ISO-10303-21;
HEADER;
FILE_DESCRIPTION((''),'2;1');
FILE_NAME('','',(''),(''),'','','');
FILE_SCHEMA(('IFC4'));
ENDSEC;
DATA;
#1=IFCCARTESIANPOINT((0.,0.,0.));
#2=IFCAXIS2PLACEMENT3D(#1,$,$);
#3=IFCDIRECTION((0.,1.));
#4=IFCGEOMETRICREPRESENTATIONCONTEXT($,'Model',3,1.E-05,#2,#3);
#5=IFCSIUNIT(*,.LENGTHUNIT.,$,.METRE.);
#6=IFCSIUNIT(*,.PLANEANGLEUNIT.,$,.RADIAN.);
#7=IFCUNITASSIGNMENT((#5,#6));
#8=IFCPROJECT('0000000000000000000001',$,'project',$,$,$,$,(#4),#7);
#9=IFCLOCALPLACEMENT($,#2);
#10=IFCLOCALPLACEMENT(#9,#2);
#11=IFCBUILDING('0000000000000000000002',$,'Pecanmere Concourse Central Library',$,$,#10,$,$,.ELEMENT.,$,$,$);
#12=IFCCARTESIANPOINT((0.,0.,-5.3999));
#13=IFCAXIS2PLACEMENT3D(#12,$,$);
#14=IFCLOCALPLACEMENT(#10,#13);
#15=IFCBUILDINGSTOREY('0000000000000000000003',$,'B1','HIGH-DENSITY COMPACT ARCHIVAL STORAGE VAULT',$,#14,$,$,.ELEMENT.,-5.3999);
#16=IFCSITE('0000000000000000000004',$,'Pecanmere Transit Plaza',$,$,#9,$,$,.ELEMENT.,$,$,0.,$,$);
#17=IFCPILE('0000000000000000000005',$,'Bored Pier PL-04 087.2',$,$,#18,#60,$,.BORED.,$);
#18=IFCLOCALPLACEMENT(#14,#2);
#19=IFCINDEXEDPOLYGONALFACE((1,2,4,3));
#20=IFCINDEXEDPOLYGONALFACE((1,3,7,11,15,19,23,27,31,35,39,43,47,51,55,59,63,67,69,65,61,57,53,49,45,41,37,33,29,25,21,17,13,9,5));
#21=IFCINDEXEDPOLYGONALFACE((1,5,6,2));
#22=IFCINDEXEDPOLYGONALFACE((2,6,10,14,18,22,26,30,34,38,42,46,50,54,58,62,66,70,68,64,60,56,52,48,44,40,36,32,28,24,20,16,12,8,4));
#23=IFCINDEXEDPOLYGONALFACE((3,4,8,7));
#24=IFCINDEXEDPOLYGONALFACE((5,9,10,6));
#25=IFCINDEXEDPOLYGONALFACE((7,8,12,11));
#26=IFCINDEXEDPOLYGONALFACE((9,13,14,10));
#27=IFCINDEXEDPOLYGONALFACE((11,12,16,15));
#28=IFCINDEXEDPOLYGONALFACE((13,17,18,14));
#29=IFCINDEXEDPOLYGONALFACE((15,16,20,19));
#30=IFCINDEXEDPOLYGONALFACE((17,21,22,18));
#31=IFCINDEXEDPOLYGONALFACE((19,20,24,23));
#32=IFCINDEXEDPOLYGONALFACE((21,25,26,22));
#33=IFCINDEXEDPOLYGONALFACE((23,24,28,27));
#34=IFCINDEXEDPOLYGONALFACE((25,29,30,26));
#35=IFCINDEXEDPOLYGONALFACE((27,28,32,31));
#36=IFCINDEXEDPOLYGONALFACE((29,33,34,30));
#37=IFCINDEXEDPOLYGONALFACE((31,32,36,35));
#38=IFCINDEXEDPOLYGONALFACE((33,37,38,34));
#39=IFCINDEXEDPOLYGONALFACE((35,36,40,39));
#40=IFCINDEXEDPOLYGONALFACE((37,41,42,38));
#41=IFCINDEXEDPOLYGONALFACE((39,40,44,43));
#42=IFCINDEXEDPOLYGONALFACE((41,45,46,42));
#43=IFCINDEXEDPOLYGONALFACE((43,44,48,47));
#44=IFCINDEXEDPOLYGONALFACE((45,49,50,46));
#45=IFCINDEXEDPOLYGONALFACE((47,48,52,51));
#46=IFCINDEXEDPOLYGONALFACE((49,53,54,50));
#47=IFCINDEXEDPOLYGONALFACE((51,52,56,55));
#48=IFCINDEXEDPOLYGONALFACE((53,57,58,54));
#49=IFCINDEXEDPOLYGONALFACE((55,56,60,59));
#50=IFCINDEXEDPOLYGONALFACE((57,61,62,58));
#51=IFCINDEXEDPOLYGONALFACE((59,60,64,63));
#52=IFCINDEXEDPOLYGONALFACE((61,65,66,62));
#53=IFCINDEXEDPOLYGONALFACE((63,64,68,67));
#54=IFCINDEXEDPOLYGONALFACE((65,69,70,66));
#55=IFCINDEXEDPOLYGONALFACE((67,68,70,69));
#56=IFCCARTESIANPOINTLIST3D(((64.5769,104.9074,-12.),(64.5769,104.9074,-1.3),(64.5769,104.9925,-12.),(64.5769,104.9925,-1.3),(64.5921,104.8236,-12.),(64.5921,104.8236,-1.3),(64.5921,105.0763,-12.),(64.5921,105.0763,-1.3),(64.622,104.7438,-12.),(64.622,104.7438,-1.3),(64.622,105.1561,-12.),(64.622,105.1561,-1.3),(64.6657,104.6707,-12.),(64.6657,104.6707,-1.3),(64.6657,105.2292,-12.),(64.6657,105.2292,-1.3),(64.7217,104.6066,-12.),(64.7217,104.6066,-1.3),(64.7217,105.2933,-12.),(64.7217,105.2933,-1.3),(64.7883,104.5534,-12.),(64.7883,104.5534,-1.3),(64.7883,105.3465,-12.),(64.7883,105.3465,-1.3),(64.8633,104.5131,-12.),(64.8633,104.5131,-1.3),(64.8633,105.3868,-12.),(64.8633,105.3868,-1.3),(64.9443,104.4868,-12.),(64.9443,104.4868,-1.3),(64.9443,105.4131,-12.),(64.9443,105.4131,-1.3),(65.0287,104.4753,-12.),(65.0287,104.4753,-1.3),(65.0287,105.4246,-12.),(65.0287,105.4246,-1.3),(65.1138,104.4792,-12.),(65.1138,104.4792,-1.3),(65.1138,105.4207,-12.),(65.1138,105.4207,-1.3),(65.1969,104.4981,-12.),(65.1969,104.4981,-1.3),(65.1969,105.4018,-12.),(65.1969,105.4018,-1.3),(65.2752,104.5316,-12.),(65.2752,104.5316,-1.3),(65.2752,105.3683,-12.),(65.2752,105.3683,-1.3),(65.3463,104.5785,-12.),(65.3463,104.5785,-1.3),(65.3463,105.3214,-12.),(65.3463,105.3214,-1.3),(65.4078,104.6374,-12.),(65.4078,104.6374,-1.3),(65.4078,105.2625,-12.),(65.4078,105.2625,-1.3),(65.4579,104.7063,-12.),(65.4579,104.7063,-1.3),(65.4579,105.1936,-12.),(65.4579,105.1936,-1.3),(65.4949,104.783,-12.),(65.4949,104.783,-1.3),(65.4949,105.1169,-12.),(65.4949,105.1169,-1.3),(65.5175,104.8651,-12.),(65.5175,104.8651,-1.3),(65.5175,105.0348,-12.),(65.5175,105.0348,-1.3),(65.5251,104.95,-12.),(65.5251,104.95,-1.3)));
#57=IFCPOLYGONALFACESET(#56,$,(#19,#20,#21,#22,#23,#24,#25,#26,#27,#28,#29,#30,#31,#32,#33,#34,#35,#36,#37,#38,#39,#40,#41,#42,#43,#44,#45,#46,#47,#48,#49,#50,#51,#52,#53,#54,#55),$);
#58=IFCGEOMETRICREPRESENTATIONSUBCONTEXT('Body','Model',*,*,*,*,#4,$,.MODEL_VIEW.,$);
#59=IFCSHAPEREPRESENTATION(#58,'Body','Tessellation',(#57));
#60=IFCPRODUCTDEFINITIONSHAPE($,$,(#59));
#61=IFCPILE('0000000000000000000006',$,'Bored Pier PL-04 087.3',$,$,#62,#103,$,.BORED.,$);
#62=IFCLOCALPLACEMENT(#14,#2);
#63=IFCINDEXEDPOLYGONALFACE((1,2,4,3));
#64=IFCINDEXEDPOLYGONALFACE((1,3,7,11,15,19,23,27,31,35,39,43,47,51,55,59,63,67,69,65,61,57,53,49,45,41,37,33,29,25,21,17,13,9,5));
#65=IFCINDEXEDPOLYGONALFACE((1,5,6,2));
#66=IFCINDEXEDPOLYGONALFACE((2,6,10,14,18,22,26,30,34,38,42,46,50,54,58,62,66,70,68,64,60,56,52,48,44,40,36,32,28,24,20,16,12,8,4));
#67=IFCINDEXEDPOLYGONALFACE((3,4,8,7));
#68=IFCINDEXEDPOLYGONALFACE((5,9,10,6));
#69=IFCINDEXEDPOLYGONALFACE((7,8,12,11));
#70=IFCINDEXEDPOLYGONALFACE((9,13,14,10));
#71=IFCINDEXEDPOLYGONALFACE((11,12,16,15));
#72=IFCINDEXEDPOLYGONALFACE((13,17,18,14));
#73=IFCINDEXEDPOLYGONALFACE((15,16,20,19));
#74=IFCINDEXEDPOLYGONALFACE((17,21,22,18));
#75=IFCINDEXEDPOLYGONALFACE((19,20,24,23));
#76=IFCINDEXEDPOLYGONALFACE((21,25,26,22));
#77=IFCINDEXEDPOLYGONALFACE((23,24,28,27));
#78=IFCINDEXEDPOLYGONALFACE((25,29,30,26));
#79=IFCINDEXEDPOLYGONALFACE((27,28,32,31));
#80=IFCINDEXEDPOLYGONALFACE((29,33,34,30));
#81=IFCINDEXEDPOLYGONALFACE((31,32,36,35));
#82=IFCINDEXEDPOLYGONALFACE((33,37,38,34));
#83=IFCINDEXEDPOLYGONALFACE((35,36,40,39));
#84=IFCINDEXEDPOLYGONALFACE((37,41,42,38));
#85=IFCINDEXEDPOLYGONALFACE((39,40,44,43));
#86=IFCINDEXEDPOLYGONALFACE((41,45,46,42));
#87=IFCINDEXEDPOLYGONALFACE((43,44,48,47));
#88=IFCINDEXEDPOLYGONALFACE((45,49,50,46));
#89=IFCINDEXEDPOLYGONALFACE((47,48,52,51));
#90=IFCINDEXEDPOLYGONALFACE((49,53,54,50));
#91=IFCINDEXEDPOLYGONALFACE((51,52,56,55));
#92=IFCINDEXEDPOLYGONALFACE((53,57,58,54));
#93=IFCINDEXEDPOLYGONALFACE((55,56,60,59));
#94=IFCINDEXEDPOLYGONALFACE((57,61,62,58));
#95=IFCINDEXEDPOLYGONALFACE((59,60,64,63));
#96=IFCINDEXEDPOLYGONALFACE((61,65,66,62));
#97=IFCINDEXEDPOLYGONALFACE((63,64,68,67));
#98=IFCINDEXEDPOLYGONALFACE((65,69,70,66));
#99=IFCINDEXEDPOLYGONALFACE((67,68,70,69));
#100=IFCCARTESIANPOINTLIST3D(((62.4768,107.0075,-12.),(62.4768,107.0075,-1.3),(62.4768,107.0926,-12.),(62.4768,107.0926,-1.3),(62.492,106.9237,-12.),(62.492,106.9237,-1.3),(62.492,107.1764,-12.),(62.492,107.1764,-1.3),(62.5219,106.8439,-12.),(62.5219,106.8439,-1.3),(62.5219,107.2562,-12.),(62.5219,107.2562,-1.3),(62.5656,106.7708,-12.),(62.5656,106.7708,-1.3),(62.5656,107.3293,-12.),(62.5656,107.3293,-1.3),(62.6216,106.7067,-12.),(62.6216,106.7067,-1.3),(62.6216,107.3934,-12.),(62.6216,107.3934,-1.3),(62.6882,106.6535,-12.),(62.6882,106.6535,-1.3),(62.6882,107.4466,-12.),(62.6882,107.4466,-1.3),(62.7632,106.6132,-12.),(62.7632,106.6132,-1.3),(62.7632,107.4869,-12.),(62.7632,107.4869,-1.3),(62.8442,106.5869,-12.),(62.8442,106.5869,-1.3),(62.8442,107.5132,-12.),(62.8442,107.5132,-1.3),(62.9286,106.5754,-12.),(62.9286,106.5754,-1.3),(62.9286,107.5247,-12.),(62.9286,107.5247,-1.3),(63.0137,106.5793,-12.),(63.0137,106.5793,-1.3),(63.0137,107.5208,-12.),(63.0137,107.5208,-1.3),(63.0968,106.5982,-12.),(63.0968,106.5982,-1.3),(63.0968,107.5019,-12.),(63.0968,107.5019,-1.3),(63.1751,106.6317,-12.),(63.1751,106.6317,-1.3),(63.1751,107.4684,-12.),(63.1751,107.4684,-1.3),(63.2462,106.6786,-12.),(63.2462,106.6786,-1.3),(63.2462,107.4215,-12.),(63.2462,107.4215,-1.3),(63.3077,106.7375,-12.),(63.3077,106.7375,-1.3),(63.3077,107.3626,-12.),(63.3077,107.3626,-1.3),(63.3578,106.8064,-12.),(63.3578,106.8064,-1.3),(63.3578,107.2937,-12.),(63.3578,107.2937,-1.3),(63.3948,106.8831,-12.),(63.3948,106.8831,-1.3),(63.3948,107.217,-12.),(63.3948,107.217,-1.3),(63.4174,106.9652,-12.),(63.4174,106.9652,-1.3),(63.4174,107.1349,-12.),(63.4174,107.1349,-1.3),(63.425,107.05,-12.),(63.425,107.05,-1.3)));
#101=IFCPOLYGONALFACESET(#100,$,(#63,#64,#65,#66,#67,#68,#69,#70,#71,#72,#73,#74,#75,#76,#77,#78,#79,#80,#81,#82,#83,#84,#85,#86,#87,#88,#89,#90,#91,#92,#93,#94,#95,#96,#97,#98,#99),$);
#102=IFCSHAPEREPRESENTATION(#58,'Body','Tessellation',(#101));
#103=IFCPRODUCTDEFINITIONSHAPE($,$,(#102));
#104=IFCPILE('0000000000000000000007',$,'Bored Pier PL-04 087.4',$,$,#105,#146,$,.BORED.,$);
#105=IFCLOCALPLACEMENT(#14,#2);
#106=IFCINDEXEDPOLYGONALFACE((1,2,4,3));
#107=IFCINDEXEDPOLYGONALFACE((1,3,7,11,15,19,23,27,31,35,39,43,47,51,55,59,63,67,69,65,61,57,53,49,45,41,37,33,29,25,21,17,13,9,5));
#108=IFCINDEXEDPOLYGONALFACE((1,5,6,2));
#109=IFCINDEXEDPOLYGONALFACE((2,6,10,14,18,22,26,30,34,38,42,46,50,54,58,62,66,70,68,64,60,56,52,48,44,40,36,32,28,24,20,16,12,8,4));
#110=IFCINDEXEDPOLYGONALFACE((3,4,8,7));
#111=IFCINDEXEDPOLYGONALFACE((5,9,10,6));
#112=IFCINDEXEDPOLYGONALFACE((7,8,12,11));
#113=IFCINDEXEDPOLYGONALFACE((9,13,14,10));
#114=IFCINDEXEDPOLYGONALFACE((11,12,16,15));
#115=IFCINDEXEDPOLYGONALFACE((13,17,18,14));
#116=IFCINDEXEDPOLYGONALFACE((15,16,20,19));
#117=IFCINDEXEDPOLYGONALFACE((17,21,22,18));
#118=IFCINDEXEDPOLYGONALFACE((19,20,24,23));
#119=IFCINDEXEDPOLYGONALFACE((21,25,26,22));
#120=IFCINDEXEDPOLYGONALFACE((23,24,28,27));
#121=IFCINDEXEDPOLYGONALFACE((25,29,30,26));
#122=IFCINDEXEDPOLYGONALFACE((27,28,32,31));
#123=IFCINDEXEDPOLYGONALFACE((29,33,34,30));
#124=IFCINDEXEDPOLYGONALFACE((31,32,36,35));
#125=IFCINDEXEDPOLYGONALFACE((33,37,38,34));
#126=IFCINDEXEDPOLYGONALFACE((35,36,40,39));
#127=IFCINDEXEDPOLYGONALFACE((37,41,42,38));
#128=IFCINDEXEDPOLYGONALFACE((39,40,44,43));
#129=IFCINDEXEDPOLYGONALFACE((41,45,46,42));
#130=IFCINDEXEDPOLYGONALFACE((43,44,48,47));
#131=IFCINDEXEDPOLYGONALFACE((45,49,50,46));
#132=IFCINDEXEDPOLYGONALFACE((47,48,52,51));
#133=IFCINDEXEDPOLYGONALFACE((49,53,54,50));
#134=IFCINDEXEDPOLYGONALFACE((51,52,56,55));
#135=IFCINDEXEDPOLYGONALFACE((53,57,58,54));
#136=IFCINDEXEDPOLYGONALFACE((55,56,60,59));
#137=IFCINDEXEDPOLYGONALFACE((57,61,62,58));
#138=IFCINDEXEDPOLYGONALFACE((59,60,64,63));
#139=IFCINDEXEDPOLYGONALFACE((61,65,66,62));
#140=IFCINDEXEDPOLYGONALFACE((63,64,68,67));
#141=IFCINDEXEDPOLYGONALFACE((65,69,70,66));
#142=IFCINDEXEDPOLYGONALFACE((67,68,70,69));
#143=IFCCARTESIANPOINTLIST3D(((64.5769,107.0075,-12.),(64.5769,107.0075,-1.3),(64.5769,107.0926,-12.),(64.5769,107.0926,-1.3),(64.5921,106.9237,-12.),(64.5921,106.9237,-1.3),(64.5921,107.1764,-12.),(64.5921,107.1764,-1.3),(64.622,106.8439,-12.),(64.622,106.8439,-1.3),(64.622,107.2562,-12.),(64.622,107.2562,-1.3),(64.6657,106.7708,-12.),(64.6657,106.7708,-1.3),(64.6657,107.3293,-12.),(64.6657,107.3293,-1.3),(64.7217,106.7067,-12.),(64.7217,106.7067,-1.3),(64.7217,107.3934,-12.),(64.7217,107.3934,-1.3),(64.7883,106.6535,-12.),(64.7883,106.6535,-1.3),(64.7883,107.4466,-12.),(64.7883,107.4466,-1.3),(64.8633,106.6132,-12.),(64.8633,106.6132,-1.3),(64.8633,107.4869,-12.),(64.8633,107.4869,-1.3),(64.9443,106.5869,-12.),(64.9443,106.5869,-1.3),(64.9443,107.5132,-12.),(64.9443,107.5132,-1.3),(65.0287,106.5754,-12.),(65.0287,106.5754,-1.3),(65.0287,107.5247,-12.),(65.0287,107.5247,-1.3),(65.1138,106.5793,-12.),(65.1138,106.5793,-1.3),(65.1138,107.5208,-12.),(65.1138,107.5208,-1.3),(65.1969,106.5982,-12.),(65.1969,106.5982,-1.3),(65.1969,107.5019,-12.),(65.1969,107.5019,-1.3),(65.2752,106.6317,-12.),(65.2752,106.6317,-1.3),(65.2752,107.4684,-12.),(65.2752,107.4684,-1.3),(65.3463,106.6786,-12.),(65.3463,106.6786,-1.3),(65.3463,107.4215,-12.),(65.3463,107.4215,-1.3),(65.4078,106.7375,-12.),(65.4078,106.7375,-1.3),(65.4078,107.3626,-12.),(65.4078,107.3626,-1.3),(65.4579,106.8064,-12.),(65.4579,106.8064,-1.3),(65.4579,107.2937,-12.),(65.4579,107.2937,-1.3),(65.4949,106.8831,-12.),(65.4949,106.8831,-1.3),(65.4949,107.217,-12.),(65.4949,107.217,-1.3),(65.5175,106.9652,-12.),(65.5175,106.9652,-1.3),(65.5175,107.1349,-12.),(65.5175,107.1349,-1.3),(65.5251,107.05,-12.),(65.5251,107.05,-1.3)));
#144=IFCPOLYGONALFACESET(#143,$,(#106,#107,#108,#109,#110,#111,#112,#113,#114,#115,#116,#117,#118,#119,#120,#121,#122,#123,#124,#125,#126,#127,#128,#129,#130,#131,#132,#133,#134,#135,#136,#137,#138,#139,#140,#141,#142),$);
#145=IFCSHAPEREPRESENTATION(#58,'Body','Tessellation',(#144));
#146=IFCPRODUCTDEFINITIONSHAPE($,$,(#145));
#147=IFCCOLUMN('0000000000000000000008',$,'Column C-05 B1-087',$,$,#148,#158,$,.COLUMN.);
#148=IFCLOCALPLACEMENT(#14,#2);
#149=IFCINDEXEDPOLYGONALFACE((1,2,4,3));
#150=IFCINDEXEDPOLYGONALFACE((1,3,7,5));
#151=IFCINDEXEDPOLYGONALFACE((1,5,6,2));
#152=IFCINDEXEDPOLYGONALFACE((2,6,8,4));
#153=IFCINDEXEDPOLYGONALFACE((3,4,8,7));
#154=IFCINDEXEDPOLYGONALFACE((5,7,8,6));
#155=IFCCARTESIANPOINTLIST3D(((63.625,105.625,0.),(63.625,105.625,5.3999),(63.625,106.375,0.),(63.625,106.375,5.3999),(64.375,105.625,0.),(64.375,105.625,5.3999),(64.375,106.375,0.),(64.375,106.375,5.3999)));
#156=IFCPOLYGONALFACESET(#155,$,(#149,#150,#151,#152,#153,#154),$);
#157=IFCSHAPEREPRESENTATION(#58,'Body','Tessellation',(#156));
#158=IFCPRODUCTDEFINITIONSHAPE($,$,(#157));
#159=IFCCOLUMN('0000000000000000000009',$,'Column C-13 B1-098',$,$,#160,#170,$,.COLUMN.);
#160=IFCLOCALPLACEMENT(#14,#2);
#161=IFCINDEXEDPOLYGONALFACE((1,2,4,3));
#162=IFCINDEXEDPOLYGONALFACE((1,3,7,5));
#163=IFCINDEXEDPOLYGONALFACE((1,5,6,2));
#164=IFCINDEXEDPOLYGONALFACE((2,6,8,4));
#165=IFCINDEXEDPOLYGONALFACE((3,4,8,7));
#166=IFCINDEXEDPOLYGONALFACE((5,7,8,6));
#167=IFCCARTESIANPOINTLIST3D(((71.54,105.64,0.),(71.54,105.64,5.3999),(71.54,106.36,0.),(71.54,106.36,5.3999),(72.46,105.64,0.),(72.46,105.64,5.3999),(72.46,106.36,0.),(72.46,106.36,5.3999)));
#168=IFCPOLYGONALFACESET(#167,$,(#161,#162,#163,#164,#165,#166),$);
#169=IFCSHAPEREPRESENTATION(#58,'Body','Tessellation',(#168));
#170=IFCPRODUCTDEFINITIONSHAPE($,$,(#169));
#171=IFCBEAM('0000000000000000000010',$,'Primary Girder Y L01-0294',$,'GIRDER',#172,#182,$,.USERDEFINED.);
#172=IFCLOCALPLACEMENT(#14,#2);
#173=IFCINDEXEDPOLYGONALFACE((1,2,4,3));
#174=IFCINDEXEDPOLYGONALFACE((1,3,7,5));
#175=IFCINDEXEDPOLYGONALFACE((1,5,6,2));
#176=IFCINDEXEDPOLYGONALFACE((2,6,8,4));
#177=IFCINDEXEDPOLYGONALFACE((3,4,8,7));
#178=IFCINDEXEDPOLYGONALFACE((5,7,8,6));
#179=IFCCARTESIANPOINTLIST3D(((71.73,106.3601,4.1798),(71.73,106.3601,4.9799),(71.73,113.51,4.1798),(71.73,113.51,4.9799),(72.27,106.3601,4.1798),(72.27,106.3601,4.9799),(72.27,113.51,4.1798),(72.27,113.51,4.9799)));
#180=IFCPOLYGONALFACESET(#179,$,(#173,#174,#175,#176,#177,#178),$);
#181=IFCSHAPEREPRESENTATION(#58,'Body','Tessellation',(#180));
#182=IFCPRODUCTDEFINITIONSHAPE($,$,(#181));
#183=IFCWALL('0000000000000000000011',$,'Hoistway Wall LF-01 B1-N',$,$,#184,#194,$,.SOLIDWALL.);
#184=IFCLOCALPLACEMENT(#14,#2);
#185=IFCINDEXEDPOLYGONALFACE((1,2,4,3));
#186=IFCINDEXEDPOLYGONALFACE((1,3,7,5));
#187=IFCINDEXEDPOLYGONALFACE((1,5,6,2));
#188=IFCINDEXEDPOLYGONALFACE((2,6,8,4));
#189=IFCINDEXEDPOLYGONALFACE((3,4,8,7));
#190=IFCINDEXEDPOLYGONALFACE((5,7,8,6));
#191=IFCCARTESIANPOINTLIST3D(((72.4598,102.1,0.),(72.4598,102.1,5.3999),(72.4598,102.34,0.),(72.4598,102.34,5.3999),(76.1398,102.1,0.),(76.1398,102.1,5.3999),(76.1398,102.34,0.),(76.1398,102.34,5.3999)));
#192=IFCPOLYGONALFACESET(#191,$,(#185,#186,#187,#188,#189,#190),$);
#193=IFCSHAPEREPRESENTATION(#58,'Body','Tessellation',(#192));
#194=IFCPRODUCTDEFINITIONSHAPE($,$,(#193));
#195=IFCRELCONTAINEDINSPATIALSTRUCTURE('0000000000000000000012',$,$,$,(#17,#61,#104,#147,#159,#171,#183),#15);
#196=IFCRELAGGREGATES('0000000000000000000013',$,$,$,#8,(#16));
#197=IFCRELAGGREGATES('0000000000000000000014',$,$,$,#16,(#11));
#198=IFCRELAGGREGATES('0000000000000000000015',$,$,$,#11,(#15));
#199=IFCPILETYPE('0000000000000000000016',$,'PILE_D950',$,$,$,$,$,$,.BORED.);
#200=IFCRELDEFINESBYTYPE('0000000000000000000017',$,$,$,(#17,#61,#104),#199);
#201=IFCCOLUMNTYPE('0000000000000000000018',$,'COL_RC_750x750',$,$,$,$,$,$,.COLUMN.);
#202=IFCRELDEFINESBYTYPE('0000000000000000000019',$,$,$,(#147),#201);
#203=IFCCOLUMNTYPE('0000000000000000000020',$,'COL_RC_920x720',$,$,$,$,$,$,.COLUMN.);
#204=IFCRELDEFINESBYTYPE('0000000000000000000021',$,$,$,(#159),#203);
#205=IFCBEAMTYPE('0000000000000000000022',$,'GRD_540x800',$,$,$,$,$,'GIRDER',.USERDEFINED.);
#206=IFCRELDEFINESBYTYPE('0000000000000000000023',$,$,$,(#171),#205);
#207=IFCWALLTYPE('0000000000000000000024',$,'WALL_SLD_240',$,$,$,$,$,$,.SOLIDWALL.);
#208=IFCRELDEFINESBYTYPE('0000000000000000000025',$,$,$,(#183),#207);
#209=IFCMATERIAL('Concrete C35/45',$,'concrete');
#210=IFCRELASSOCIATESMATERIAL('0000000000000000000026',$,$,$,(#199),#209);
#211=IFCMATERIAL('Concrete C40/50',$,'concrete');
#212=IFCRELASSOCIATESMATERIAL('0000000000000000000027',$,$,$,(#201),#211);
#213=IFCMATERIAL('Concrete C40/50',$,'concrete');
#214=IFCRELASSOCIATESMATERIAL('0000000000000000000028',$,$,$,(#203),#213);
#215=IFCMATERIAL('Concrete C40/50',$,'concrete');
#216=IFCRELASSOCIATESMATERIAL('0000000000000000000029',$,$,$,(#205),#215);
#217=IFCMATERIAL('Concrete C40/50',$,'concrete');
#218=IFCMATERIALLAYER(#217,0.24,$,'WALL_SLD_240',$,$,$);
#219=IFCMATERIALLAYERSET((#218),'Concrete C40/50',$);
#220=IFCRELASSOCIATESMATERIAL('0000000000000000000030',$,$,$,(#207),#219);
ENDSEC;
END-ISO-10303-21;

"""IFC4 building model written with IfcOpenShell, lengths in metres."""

from ifc_helpers import new_model, si_unit, direction, frame, frame_2d, origin, origin_2d, place, context, subcontext, project, spatial, rectangle, circle, extrude, material, layer, layer_set, material_profile, profile_set, type_object, element, save


model = new_model("IFC4")

# Units and contexts
model_context = context("Model", 3, precision=1e-05, world=origin(), true_north=direction((0.0, 1.0)))
body_context = subcontext(model_context, "Body", "Model", "MODEL_VIEW")
ifc_project = project(units=[si_unit("LENGTHUNIT", "METRE"), si_unit("PLANEANGLEUNIT", "RADIAN")], contexts=[model_context])

# Site, building, storey
site_placement = place(None, origin())
site = spatial("IfcSite", under=ifc_project, at=site_placement, Name="Pecanmere Transit Plaza", CompositionType="ELEMENT", RefElevation=0.0)
building_placement = place(site_placement, origin())
building = spatial("IfcBuilding", under=site, at=building_placement, Name="Pecanmere Concourse Central Library", CompositionType="ELEMENT")
storey_placement = place(building_placement, frame((0.0, 0.0, -5.3999)))
storey = spatial("IfcBuildingStorey", under=building, at=storey_placement, Name="B1", Description="HIGH-DENSITY COMPACT ARCHIVAL STORAGE VAULT", CompositionType="ELEMENT", Elevation=-5.3999)

# Piles
ifc_material_1 = material(Name="Concrete C35/45", Category="concrete")
ifc_material_profile_1 = material_profile(ifc_material_1, circle(Radius=0.4751, at=origin_2d()), Name="PIER D950")
ifc_profile_set_1 = profile_set([ifc_material_profile_1], Name="Concrete C35/45")
pile_type_1 = type_object("IfcPileType", Name="PILE_D950", PredefinedType="BORED", material=ifc_profile_set_1)
for number, where, z_axis, x_axis, name in (
    (1, (65.05, 104.95, -1.3), (0.0, 0.0, -1.0), (1.0, 0.0, 0.0), "Bored Pier PL-04 087.2"),
    (2, (62.95, 107.05, -1.3), (0.0, 0.0, -1.0), (1.0, 0.0, 0.0), "Bored Pier PL-04 087.3"),
    (3, (65.05, 107.05, -1.3), (0.0, 0.0, -1.0), (1.0, 0.0, 0.0), "Bored Pier PL-04 087.4"),
):
    element("IfcPile", number, at=place(storey_placement, frame(where, z_axis=z_axis, x_axis=x_axis)), inside=storey, type_object=pile_type_1, Name=name, PredefinedType="BORED", context=body_context, shape_type="SweptSolid", body=[
        extrude(circle(Radius=0.4751, at=origin_2d()), origin(), (0.0, 0.0, 1.0), 10.7),
    ])

# Columns
ifc_material_2 = material(Name="Concrete C40/50", Category="concrete")
ifc_material_profile_2 = material_profile(ifc_material_2, rectangle(XDim=0.75, YDim=0.75, at=origin_2d()), Name="RC 750x750")
ifc_profile_set_2 = profile_set([ifc_material_profile_2], Name="Concrete C40/50")
column_type_1 = type_object("IfcColumnType", Name="COL_RC_750x750", PredefinedType="COLUMN", material=ifc_profile_set_2)
column_1_placement = place(storey_placement, frame((64.0, 106.0, 0.0), z_axis=(0.0, 0.0, 1.0), x_axis=(1.0, 0.0, 0.0)))
element("IfcColumn", 4, at=column_1_placement, inside=storey, type_object=column_type_1, Name="Column C-05 B1-087", PredefinedType="COLUMN", context=body_context, shape_type="SweptSolid", body=[
    extrude(rectangle(XDim=0.75, YDim=0.75, at=origin_2d()), origin(), (0.0, 0.0, 1.0), 5.3999),
])
ifc_material_3 = material(Name="Concrete C40/50", Category="concrete")
ifc_material_profile_3 = material_profile(ifc_material_3, rectangle(XDim=0.9199, YDim=0.72, at=origin_2d()), Name="RC 920x720")
ifc_profile_set_3 = profile_set([ifc_material_profile_3], Name="Concrete C40/50")
column_type_2 = type_object("IfcColumnType", Name="COL_RC_920x720", PredefinedType="COLUMN", material=ifc_profile_set_3)
column_2_placement = place(storey_placement, frame((72.0, 106.0, 0.0), z_axis=(0.0, 0.0, 1.0), x_axis=(1.0, 0.0, 0.0)))
element("IfcColumn", 5, at=column_2_placement, inside=storey, type_object=column_type_2, Name="Column C-13 B1-098", PredefinedType="COLUMN", context=body_context, shape_type="SweptSolid", body=[
    extrude(rectangle(XDim=0.9199, YDim=0.72, at=origin_2d()), origin(), (0.0, 0.0, 1.0), 5.3999),
])

# Beam
ifc_material_4 = material(Name="Concrete C40/50", Category="concrete")
ifc_material_profile_4 = material_profile(ifc_material_4, rectangle(XDim=0.54, YDim=0.8, at=origin_2d()), Name="RC 540x800")
ifc_profile_set_4 = profile_set([ifc_material_profile_4], Name="Concrete C40/50")
beam_type = type_object("IfcBeamType", Name="GRD_540x800", ElementType="GIRDER", PredefinedType="USERDEFINED", material=ifc_profile_set_4)
beam_placement = place(storey_placement, frame((72.0, 106.3601, 4.5798), z_axis=(0.0, 1.0, 0.0), x_axis=(-1.0, 0.0, 0.0)))
element("IfcBeam", 6, at=beam_placement, inside=storey, type_object=beam_type, Name="Primary Girder Y L01-0294", ObjectType="GIRDER", PredefinedType="USERDEFINED", context=body_context, shape_type="SweptSolid", body=[
    extrude(rectangle(XDim=0.54, YDim=0.8, at=origin_2d()), origin(), (0.0, 0.0, 1.0), 7.1499),
])

# Wall
ifc_material_5 = material(Name="Concrete C40/50", Category="concrete")
ifc_layer = layer(ifc_material_5, 0.24, Name="WALL_SLD_240")
ifc_layer_set = layer_set([ifc_layer], Name="Concrete C40/50")
wall_type = type_object("IfcWallType", Name="WALL_SLD_240", PredefinedType="SOLIDWALL", material=ifc_layer_set)
for number, where, z_axis, x_axis, name in (
    (7, (72.46, 102.22, 0.0), (0.0, 0.0, 1.0), (1.0, 0.0, 0.0), "Hoistway Wall LF-01 B1-N"),
):
    element("IfcWall", number, at=place(storey_placement, frame(where, z_axis=z_axis, x_axis=x_axis)), inside=storey, type_object=wall_type, Name=name, PredefinedType="SOLIDWALL", context=body_context, shape_type="SweptSolid", body=[
        extrude(rectangle(XDim=3.6799, YDim=0.24, at=frame_2d((1.8398, 0.0))), origin(), (0.0, 0.0, 1.0), 5.3999),
    ])

save(model, "model.ifc")
